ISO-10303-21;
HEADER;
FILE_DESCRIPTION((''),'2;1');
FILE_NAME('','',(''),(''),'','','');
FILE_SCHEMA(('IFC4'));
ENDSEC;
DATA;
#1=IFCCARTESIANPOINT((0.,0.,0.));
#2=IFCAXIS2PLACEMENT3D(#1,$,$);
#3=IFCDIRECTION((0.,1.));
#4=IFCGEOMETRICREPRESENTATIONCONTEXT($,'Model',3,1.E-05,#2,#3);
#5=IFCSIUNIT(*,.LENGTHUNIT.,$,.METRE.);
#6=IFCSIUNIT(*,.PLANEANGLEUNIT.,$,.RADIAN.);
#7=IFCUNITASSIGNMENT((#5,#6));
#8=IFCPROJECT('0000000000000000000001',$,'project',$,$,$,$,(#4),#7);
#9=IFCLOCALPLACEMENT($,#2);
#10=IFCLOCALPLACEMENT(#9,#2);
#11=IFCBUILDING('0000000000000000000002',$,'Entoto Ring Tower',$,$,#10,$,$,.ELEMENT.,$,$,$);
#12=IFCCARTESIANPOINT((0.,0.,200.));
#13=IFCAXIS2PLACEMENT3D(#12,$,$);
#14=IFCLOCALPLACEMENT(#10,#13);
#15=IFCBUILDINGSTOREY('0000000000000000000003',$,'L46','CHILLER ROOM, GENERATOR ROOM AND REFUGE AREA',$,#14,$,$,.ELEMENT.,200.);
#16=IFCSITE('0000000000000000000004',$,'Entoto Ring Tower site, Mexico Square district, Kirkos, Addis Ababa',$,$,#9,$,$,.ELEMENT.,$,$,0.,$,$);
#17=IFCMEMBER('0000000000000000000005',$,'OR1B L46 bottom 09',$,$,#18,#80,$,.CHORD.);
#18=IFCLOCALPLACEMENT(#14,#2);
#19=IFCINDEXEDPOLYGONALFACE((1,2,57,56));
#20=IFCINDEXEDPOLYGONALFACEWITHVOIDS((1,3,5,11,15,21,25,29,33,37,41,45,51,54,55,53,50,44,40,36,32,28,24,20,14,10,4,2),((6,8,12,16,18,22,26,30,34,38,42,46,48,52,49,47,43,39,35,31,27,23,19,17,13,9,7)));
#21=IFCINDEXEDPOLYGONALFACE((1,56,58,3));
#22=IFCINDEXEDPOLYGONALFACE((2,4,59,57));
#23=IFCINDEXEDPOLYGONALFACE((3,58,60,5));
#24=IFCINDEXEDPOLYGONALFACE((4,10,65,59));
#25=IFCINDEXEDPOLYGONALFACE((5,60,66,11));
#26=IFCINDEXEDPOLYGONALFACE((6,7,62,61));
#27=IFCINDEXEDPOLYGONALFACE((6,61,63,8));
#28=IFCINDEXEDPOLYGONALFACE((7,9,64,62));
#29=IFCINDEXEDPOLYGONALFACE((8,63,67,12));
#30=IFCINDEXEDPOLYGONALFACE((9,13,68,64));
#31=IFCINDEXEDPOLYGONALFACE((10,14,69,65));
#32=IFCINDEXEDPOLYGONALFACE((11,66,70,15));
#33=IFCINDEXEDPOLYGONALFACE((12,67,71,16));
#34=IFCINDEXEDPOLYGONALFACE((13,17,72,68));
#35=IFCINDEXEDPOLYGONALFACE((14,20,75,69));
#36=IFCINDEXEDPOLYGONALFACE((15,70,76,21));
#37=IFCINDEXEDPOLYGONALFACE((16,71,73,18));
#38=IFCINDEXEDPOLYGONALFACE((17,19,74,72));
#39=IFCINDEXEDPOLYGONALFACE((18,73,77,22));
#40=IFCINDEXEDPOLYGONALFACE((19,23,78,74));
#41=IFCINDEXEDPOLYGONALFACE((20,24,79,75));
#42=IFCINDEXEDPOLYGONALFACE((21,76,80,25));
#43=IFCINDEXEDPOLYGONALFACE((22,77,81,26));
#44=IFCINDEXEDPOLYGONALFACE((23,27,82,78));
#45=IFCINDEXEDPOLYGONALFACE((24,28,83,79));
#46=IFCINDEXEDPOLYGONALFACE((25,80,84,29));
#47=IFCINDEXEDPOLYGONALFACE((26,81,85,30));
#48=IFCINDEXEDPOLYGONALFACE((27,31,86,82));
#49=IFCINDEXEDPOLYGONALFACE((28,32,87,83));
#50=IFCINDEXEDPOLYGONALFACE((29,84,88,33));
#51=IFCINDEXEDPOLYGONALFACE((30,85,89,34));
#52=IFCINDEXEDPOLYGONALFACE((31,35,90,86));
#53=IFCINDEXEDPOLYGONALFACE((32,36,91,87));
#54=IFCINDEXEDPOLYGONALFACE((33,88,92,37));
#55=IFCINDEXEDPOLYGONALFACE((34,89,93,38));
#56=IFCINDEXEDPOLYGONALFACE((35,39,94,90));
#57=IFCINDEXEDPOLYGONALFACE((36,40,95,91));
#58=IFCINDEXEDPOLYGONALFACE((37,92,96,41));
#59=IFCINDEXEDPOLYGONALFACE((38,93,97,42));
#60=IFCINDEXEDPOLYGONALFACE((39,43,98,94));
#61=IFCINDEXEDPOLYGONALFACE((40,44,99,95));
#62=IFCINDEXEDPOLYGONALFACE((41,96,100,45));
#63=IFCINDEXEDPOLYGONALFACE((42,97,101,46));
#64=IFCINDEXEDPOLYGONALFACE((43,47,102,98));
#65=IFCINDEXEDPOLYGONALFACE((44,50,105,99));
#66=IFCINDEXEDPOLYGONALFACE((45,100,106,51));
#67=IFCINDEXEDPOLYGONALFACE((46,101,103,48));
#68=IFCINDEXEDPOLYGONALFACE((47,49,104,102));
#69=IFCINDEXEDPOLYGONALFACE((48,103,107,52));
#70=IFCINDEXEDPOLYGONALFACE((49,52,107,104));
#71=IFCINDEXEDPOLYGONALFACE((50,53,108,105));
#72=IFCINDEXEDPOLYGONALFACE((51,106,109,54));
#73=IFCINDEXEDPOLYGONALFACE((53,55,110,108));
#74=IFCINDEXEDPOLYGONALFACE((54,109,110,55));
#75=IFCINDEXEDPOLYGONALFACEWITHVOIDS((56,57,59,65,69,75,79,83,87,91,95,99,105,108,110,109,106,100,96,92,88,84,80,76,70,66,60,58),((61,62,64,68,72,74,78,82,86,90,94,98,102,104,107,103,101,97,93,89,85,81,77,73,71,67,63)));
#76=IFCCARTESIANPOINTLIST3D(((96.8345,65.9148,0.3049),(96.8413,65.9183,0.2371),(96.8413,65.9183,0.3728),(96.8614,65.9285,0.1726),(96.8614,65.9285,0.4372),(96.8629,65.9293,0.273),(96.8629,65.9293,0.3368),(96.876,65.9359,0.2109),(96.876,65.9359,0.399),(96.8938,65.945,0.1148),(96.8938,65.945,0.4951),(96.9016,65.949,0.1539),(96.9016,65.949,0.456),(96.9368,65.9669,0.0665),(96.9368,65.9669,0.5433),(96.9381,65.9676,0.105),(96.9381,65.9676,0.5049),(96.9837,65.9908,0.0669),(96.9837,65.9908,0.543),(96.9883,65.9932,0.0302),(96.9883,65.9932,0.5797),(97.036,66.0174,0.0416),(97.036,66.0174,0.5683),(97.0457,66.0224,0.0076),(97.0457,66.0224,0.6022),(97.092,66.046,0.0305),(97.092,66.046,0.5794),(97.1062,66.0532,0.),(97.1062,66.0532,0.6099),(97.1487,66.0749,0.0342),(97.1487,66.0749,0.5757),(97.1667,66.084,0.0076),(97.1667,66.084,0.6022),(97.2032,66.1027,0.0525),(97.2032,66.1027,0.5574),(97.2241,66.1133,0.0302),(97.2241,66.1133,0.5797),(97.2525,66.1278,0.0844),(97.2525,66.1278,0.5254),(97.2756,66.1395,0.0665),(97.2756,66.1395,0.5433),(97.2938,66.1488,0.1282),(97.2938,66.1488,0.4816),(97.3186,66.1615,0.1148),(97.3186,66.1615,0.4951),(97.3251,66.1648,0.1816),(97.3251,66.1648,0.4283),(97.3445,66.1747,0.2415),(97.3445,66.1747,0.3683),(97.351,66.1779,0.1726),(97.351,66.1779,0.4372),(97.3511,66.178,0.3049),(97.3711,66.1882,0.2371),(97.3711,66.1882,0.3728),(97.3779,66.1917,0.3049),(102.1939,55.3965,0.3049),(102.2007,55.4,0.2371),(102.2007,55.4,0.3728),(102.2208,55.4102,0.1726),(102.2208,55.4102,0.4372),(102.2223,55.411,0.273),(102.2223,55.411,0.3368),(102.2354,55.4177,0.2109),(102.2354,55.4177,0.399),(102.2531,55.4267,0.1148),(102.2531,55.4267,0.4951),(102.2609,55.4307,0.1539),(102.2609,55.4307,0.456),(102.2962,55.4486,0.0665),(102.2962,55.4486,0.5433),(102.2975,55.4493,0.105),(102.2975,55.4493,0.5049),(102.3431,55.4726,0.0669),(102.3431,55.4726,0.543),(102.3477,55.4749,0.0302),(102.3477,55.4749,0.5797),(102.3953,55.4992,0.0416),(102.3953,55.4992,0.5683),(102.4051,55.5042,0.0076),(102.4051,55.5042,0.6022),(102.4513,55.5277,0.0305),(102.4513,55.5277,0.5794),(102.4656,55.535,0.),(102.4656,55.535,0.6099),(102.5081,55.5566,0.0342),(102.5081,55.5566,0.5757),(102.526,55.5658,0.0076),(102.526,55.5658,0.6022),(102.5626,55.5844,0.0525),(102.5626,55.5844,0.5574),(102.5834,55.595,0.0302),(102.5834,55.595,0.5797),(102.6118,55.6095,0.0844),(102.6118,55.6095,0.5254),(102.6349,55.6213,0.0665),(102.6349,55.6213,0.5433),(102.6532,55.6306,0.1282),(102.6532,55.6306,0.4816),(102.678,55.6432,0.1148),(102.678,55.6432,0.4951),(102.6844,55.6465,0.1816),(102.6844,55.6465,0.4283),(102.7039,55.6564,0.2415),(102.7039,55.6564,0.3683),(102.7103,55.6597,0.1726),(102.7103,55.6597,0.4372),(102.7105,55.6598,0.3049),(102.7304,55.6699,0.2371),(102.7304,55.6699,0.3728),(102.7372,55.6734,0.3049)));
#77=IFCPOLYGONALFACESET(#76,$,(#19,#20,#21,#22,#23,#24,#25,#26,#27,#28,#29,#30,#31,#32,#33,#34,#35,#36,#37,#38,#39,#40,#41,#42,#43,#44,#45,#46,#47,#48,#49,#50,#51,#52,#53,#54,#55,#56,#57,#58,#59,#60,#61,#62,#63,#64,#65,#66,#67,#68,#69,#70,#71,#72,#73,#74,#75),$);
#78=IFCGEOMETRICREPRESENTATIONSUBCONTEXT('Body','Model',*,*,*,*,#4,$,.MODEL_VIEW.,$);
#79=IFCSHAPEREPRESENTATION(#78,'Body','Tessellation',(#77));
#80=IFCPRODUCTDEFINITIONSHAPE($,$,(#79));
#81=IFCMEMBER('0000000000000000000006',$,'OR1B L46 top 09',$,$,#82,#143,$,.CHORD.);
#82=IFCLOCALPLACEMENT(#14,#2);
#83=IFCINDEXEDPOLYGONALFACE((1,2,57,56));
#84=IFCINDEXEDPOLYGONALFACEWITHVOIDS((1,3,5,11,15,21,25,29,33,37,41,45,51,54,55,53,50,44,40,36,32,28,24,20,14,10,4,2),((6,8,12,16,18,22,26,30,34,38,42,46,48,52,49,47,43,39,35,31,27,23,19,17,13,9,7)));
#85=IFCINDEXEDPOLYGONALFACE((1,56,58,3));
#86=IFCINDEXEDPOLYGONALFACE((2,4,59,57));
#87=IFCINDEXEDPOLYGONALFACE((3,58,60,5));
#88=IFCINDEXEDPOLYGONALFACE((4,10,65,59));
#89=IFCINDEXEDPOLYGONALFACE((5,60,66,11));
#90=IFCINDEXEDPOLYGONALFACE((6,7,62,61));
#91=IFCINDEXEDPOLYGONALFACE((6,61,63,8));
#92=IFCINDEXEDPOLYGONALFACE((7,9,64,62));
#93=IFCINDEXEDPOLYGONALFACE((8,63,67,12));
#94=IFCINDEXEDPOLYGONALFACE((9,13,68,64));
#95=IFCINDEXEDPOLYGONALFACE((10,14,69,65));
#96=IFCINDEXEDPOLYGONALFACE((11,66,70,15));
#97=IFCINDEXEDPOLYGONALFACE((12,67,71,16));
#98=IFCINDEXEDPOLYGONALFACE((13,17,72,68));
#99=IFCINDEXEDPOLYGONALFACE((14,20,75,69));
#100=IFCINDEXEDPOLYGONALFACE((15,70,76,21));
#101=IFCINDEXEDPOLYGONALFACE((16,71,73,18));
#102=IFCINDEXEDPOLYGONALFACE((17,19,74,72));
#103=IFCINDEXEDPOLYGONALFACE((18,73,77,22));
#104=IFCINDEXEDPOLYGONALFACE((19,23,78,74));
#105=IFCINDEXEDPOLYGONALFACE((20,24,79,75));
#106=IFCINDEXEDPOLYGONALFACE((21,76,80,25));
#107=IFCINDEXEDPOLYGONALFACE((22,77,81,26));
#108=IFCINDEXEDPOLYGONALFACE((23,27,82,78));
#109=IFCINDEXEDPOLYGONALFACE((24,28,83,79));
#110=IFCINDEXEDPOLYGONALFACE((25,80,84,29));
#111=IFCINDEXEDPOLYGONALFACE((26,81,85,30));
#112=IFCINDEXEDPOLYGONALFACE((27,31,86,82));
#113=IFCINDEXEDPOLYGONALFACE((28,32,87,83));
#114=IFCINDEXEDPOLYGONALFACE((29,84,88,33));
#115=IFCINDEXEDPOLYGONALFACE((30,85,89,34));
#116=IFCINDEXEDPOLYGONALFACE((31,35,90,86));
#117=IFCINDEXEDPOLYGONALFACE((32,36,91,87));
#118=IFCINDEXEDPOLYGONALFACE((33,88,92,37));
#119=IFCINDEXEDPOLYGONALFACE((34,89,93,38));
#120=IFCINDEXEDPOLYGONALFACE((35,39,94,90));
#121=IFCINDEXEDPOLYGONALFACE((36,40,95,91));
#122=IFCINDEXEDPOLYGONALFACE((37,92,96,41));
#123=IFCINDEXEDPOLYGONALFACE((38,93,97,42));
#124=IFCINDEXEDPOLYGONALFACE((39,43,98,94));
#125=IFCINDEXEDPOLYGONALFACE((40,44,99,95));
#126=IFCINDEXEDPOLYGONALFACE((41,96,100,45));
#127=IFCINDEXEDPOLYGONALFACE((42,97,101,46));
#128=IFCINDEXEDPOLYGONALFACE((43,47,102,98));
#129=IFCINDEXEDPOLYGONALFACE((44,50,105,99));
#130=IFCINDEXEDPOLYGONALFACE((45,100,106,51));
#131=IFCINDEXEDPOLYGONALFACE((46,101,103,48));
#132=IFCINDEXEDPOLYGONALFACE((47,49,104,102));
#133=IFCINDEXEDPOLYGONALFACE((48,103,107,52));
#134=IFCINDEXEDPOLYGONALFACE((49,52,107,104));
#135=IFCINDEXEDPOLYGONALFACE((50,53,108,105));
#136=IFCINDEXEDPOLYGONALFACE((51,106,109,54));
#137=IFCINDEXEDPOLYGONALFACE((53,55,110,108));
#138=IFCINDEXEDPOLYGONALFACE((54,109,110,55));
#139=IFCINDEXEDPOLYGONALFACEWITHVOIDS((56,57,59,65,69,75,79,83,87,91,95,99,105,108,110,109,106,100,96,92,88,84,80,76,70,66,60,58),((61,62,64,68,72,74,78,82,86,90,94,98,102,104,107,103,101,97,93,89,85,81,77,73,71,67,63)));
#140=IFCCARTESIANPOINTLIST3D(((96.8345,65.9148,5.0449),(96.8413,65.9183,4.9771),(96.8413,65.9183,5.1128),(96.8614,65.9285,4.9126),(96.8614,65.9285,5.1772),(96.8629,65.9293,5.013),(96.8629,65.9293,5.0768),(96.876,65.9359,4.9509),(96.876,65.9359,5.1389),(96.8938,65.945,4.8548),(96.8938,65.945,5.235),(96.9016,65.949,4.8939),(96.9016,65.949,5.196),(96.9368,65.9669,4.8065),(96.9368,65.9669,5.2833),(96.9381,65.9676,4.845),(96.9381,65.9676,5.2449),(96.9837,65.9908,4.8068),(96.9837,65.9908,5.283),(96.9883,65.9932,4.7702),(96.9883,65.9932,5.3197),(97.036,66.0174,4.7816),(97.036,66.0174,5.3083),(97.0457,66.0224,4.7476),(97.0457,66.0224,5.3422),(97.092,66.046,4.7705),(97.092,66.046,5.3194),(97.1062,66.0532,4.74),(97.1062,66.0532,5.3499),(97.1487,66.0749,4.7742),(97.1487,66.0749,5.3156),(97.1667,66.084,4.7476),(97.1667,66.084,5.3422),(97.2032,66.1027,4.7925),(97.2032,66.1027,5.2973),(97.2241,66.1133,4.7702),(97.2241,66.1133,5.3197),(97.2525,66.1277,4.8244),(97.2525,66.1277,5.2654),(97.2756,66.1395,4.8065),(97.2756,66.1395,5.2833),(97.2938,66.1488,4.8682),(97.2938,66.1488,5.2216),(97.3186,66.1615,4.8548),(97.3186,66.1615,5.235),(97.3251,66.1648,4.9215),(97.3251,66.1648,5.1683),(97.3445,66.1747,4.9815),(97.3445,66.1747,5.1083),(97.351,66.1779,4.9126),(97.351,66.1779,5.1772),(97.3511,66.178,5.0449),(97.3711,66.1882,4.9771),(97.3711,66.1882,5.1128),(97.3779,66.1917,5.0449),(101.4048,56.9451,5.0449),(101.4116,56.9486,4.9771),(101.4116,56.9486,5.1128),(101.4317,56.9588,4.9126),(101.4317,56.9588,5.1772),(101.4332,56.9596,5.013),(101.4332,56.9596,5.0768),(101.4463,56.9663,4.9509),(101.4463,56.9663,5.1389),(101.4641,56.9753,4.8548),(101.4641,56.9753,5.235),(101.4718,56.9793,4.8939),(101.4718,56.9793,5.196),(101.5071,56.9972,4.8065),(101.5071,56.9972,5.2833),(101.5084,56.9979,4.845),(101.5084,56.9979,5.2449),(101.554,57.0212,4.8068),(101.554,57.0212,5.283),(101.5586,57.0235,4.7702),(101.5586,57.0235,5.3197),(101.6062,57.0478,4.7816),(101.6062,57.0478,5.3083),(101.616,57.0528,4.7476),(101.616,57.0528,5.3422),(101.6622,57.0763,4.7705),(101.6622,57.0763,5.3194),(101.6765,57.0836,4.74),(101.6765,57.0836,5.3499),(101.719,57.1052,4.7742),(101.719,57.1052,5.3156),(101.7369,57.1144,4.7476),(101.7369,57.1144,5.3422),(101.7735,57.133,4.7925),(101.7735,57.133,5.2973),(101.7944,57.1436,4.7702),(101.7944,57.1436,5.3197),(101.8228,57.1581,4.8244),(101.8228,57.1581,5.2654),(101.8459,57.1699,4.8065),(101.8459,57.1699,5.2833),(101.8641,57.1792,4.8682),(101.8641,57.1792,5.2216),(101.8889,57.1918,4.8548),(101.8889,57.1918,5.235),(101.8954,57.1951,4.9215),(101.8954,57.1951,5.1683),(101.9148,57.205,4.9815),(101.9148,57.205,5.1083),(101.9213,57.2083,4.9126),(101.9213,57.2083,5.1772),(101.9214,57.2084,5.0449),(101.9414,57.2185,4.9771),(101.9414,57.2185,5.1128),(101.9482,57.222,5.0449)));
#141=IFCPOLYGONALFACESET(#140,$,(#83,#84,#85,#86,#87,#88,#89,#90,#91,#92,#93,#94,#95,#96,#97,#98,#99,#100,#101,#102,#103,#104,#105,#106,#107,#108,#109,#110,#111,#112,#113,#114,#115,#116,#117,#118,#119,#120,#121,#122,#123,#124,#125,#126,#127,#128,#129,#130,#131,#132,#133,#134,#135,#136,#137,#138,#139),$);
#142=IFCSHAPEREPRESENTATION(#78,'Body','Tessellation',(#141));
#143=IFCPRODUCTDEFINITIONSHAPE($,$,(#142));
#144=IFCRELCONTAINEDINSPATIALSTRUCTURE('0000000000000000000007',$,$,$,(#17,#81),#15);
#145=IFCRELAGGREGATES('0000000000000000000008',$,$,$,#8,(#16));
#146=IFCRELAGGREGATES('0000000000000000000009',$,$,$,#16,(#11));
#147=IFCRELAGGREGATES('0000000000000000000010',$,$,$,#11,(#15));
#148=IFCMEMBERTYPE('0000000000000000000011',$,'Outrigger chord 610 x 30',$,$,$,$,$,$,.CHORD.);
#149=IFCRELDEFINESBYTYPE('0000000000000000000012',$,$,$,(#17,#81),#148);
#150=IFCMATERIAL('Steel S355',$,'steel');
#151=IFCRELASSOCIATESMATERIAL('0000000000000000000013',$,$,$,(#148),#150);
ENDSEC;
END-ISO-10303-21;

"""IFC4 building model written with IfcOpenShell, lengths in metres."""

from ifc_helpers import new_model, si_unit, direction, frame, origin, origin_2d, place, context, subcontext, project, spatial, circle, hollow_circle, extrude, material, material_profile, profile_set, type_object, element, save


model = new_model("IFC4")

# Units and contexts
model_context = context("Model", 3, precision=1e-05, world=origin(), true_north=direction((0.0, 1.0)))
body_context = subcontext(model_context, "Body", "Model", "MODEL_VIEW")
ifc_project = project(units=[si_unit("LENGTHUNIT", "METRE"), si_unit("PLANEANGLEUNIT", "RADIAN")], contexts=[model_context])

# Site, building, storey
site_placement = place(None, origin())
site = spatial("IfcSite", under=ifc_project, at=site_placement, Name="Entoto Ring Tower site, Mexico Square district, Kirkos, Addis Ababa", CompositionType="ELEMENT", RefElevation=0.0)
building_placement = place(site_placement, origin())
building = spatial("IfcBuilding", under=site, at=building_placement, Name="Entoto Ring Tower", CompositionType="ELEMENT")
storey_placement = place(building_placement, frame((0.0, 0.0, 200.0)))
storey = spatial("IfcBuildingStorey", under=building, at=storey_placement, Name="L46", Description="CHILLER ROOM, GENERATOR ROOM AND REFUGE AREA", CompositionType="ELEMENT", Elevation=200.0)

# Members
ifc_material_1 = material(Name="Steel S355", Category="steel")
ifc_material_profile_1 = material_profile(ifc_material_1, hollow_circle(Radius=0.3049, WallThickness=0.03, at=origin_2d()), Name="CHS 610 x 30")
ifc_material_2 = material(Name="Concrete C60/75", Category="concrete")
ifc_material_profile_2 = material_profile(ifc_material_2, circle(Radius=0.2749, at=origin_2d()), Name="Concrete C60/75 infill")
ifc_profile_set_1 = profile_set([ifc_material_profile_1, ifc_material_profile_2], Name="Steel S355")
member_type_1 = type_object("IfcMemberType", Name="Outrigger chord 610 x 30", PredefinedType="CHORD", material=ifc_profile_set_1)
member_1_placement = place(storey_placement, frame((97.1062, 66.0532, 0.3049), z_axis=(0.453992, -0.891006, 0.0), x_axis=(0.891006, 0.453992, 0.0)))
element("IfcMember", 1, at=member_1_placement, inside=storey, type_object=member_type_1, Name="OR1B L46 bottom 09", PredefinedType="CHORD", context=body_context, shape_type="SweptSolid", body=[
    extrude(hollow_circle(Radius=0.3049, WallThickness=0.03, at=origin_2d()), origin(), (0.0, 0.0, 1.0), 11.8049),
])
member_2_placement = place(storey_placement, frame((97.1062, 66.0532, 5.0449), z_axis=(0.453991, -0.891006, 0.0), x_axis=(0.891006, 0.453991, 0.0)))
element("IfcMember", 2, at=member_2_placement, inside=storey, type_object=member_type_1, Name="OR1B L46 top 09", PredefinedType="CHORD", context=body_context, shape_type="SweptSolid", body=[
    extrude(hollow_circle(Radius=0.3049, WallThickness=0.03, at=origin_2d()), origin(), (0.0, 0.0, 1.0), 10.0669),
])

save(model, "model.ifc")
